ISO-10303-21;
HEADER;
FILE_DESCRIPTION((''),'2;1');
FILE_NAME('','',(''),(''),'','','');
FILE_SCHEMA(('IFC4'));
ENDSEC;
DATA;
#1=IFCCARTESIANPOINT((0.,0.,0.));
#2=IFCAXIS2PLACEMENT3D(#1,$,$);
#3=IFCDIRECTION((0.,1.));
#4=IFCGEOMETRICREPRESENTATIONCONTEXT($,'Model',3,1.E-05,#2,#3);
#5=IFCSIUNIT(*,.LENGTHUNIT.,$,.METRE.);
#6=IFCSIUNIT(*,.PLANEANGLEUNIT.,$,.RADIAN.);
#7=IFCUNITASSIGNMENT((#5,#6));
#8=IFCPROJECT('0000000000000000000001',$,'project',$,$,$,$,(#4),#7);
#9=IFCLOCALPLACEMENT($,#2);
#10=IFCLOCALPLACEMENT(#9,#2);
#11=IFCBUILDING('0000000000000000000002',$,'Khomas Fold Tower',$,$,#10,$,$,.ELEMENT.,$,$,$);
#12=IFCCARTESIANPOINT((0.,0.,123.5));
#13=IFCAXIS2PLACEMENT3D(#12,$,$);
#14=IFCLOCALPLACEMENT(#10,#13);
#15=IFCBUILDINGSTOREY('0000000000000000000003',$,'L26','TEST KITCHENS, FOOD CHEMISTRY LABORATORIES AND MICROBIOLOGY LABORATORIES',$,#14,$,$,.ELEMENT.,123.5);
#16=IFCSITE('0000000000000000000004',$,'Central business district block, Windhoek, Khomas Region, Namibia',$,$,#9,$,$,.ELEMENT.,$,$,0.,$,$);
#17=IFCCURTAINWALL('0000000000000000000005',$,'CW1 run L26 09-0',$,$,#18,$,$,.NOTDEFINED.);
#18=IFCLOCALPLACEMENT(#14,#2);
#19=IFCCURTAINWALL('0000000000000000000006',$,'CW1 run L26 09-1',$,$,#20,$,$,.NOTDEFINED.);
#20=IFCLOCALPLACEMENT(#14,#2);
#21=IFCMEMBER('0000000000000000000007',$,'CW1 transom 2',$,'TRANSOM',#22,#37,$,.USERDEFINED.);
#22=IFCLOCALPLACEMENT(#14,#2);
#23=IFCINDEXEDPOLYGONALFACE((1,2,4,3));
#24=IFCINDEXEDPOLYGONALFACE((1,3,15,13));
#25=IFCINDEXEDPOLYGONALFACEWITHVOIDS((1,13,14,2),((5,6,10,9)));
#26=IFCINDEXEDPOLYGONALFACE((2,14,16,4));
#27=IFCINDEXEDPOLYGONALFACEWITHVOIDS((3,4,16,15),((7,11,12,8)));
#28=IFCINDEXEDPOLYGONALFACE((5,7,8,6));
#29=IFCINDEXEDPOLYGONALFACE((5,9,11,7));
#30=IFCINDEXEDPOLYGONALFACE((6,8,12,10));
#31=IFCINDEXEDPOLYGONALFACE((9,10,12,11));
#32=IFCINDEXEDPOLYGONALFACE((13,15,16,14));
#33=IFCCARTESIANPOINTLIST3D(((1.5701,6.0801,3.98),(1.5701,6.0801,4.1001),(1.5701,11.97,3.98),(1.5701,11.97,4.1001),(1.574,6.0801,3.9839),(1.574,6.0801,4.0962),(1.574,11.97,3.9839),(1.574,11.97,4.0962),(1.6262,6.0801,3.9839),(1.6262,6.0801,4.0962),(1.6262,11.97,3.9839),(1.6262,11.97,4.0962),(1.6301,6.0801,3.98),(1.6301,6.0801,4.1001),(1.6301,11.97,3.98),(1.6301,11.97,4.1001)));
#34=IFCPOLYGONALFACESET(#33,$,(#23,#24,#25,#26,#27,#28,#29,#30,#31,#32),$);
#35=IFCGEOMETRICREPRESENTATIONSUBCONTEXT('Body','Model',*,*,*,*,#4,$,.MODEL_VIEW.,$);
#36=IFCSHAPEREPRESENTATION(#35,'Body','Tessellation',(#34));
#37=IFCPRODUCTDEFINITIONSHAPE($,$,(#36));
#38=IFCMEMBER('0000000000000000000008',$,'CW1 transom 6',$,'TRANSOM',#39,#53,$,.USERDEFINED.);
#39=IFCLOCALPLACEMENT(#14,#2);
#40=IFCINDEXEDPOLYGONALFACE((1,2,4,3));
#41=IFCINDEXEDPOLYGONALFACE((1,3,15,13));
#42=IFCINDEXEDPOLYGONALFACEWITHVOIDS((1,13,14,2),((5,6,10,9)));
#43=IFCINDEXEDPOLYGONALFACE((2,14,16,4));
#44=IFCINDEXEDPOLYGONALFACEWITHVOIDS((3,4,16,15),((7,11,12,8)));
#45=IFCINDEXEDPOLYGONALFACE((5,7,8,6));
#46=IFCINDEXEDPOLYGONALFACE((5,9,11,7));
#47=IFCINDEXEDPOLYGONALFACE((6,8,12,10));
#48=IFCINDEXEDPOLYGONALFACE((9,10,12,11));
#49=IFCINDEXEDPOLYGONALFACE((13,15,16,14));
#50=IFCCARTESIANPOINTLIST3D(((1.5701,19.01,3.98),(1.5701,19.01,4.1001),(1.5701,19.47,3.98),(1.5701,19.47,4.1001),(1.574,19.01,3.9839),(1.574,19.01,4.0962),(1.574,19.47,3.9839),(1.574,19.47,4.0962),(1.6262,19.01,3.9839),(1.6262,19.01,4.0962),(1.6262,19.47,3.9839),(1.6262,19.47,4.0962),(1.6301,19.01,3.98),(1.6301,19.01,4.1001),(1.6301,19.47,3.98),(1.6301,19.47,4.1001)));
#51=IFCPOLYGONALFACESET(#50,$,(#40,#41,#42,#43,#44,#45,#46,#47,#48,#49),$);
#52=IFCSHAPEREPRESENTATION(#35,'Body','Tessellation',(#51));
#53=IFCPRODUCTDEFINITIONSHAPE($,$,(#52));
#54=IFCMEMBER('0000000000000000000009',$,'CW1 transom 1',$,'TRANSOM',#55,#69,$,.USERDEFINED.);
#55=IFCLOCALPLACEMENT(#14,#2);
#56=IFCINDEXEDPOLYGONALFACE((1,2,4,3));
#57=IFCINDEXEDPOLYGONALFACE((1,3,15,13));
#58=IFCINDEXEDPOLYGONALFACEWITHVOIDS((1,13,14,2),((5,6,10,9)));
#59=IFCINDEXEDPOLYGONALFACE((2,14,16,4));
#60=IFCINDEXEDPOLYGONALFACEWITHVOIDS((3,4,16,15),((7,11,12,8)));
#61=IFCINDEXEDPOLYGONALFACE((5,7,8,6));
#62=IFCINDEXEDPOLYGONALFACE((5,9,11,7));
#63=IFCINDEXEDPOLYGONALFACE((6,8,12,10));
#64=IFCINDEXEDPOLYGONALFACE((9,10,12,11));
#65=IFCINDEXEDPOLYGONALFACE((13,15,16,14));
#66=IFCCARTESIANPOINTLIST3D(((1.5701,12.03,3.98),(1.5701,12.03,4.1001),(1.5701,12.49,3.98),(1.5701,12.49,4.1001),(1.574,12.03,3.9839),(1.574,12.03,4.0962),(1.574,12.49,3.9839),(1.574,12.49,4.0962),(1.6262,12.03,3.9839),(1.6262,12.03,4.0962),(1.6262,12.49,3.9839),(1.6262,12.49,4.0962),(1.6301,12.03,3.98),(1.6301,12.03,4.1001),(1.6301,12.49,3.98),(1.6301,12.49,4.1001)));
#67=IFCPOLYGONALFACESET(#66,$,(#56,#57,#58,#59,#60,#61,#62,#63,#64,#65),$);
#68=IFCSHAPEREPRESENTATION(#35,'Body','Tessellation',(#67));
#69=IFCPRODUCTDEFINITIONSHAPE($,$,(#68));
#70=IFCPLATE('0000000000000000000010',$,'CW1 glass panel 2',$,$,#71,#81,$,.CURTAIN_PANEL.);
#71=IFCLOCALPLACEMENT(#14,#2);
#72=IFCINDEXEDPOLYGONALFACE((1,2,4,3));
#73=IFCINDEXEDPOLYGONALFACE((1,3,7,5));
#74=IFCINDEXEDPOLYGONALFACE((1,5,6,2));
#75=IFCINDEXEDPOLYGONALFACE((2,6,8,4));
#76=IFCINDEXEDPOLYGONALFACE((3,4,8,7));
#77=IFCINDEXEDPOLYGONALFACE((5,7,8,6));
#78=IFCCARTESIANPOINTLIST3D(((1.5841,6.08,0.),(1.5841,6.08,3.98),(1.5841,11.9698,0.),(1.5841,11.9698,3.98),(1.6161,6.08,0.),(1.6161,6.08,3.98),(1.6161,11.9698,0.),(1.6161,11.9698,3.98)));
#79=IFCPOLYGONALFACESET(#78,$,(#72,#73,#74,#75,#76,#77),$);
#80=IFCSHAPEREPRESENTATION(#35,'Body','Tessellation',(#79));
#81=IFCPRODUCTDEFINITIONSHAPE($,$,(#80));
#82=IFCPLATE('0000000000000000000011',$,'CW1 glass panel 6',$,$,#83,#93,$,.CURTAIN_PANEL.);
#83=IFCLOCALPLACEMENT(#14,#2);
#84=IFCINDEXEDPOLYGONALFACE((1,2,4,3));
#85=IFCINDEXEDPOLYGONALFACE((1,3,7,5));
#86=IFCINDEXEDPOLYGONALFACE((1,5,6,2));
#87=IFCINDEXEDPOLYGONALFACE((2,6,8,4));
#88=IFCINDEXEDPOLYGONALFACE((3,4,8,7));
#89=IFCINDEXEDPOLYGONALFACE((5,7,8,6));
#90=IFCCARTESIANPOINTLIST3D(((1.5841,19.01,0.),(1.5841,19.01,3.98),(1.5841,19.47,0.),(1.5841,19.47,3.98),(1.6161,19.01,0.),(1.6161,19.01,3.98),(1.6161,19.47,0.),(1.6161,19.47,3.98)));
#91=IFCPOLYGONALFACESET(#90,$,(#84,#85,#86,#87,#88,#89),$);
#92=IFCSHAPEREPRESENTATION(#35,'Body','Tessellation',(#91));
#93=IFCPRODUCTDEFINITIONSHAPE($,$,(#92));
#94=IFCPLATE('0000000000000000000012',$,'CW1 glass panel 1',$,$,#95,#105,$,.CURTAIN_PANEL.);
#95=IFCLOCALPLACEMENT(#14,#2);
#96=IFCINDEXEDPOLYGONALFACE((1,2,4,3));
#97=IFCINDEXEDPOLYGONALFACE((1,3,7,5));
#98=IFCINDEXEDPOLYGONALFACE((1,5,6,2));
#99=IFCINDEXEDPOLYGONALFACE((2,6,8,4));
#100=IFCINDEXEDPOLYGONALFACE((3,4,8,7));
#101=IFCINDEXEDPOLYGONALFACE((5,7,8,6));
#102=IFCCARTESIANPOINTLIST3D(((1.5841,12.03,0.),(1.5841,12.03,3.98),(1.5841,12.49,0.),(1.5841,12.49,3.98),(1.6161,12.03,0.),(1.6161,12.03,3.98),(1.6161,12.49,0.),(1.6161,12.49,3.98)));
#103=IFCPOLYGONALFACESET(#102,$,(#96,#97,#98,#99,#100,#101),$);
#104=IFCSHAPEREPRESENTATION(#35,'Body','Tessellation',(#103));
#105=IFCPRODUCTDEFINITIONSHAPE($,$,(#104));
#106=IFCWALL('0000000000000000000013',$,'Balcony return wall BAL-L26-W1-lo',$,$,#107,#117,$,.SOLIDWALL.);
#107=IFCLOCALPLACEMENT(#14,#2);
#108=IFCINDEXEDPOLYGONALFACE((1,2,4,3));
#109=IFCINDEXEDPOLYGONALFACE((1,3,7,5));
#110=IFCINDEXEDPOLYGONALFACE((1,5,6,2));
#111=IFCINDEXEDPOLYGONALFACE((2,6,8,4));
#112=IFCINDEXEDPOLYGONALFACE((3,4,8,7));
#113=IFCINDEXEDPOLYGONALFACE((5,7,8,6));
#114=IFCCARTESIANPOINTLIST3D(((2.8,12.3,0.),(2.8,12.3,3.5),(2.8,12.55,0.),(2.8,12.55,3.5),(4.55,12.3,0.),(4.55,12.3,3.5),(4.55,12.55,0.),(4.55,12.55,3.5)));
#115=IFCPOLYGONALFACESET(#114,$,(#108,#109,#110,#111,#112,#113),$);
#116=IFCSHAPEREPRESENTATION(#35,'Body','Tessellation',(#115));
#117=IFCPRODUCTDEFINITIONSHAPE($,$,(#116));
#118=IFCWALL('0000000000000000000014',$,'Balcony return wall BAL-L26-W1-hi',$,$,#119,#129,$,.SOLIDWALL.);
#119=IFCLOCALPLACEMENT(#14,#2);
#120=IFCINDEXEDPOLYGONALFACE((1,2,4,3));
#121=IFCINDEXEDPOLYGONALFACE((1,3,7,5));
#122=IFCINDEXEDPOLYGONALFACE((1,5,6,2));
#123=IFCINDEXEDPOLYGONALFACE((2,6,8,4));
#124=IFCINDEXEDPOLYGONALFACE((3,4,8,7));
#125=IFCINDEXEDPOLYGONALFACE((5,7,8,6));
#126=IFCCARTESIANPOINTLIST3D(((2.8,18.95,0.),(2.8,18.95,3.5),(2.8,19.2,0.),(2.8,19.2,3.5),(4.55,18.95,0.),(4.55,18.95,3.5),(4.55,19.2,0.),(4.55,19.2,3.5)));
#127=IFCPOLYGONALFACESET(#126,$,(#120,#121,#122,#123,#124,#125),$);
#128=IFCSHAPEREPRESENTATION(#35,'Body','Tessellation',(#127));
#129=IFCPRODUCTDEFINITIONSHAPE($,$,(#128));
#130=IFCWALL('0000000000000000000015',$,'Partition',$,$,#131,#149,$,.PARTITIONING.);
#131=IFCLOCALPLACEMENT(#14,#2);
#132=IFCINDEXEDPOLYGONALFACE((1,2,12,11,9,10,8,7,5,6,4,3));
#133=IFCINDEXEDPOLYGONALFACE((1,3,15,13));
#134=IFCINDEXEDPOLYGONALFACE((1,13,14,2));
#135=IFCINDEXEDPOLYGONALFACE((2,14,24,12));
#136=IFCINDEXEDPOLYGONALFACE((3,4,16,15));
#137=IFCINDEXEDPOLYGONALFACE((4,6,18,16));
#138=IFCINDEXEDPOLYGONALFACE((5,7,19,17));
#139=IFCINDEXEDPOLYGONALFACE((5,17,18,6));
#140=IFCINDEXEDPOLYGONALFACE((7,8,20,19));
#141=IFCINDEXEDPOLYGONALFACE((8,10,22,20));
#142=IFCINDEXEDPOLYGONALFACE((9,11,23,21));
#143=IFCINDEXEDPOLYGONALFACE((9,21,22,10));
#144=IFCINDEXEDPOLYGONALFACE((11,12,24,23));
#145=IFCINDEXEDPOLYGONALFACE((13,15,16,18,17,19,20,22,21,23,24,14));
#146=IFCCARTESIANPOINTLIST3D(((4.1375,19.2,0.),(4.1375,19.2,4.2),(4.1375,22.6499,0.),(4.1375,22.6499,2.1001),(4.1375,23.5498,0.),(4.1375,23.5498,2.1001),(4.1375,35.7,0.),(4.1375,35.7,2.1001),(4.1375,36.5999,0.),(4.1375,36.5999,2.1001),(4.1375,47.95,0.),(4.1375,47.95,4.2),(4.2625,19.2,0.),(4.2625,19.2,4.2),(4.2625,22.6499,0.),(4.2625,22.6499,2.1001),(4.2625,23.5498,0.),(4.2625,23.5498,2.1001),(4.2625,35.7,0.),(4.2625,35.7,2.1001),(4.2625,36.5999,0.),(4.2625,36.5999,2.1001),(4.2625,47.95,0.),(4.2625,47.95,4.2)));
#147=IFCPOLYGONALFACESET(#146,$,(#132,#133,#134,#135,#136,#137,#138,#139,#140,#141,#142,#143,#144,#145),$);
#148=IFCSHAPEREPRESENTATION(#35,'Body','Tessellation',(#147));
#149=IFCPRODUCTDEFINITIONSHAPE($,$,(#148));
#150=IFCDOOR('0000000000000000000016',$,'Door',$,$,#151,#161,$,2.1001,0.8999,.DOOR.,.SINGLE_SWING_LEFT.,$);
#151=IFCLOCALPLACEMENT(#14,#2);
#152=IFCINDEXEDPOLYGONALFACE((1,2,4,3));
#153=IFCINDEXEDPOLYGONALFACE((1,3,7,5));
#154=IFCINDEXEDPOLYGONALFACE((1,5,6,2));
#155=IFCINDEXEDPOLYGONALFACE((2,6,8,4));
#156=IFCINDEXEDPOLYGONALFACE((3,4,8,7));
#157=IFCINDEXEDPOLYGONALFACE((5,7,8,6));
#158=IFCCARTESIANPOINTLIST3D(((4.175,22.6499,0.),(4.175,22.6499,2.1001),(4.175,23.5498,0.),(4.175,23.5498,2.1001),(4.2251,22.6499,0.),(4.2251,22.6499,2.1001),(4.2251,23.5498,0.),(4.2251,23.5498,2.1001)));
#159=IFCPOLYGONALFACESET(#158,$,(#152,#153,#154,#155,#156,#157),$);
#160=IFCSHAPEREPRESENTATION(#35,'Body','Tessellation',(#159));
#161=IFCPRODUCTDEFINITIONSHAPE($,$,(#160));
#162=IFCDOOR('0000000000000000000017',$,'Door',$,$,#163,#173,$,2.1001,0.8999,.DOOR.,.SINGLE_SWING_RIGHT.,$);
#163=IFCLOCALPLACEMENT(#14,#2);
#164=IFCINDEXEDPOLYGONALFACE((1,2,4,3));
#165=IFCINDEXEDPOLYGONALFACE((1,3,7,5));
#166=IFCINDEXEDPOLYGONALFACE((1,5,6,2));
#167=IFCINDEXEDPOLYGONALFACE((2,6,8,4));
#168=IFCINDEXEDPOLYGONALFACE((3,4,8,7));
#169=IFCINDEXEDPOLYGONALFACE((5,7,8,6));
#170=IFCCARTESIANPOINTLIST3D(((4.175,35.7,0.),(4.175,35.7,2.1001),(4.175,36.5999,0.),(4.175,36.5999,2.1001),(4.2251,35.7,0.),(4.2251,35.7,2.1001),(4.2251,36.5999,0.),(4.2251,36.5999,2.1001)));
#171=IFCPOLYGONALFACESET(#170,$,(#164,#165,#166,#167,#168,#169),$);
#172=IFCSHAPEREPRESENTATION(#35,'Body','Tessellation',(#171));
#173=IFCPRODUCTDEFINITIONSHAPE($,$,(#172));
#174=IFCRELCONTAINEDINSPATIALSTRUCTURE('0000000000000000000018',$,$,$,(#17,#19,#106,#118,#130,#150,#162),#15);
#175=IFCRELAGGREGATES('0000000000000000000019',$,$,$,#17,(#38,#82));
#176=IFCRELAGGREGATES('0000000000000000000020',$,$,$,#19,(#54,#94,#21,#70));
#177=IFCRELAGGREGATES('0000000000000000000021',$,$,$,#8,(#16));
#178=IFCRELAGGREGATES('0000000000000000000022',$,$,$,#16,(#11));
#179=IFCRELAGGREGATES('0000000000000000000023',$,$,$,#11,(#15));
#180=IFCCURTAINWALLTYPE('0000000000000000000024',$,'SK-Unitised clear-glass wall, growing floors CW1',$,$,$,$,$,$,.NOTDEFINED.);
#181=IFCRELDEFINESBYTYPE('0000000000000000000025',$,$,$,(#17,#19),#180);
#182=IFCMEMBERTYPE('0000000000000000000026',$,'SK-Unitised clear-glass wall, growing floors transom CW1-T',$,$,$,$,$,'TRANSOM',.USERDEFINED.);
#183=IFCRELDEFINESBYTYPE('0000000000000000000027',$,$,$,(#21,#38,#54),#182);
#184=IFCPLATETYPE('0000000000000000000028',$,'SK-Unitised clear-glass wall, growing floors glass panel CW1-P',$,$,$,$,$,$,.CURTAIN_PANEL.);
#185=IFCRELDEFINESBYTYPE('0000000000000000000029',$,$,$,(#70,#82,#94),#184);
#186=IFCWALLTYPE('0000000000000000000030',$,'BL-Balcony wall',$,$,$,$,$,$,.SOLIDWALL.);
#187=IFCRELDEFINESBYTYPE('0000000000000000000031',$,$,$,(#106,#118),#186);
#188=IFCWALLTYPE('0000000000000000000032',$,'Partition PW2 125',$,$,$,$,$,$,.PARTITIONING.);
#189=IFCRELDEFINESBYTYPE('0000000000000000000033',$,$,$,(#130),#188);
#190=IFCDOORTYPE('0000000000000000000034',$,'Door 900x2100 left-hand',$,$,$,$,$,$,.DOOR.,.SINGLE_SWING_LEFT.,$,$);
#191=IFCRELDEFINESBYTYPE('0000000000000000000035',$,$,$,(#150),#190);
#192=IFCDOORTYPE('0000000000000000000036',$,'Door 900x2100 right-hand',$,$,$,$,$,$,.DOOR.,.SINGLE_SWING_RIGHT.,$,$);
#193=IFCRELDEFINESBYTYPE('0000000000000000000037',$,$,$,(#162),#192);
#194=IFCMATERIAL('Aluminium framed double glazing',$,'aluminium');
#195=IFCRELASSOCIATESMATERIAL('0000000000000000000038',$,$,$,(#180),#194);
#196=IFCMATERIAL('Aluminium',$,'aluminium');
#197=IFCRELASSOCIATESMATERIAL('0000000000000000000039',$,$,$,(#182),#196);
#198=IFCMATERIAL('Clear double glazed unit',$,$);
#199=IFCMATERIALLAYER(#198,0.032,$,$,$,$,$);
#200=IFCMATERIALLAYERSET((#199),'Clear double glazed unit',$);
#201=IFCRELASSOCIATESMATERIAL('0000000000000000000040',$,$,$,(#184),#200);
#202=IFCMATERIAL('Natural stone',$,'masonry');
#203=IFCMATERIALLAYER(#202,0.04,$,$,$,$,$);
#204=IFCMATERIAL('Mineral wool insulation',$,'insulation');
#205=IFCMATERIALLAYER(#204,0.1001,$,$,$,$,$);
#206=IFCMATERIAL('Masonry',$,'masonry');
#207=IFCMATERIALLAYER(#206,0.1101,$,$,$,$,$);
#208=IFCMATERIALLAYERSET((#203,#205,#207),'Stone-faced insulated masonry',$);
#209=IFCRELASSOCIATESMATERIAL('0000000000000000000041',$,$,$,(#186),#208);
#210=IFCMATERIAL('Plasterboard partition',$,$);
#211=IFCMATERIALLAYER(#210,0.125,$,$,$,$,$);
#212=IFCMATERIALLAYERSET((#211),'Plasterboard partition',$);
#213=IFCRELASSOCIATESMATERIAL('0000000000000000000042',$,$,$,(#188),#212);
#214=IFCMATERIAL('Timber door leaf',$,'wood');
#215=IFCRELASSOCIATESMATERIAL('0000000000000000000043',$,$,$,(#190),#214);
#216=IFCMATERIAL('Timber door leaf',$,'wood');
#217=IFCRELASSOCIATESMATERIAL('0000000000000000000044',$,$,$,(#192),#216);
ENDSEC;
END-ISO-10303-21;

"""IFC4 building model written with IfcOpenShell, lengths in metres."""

from ifc_helpers import new_model, si_unit, direction, frame, frame_2d, origin, origin_2d, place, context, subcontext, project, spatial, rectangle, hollow_rectangle, extrude, source, transform, mapped, material, layer, layer_set, material_profile, profile_set, type_object, element, fill, aggregate, save


model = new_model("IFC4")

# Units and contexts
model_context = context("Model", 3, precision=1e-05, world=origin(), true_north=direction((0.0, 1.0)))
body_context = subcontext(model_context, "Body", "Model", "MODEL_VIEW")
ifc_project = project(units=[si_unit("LENGTHUNIT", "METRE"), si_unit("PLANEANGLEUNIT", "RADIAN")], contexts=[model_context])

# Site, building, storey
site_placement = place(None, origin())
site = spatial("IfcSite", under=ifc_project, at=site_placement, Name="Central business district block, Windhoek, Khomas Region, Namibia", CompositionType="ELEMENT", RefElevation=0.0)
building_placement = place(site_placement, origin())
building = spatial("IfcBuilding", under=site, at=building_placement, Name="Khomas Fold Tower", CompositionType="ELEMENT")
storey_placement = place(building_placement, frame((0.0, 0.0, 123.5)))
storey = spatial("IfcBuildingStorey", under=building, at=storey_placement, Name="L26", Description="TEST KITCHENS, FOOD CHEMISTRY LABORATORIES AND MICROBIOLOGY LABORATORIES", CompositionType="ELEMENT", Elevation=123.5)

# Curtain walls, member
ifc_material_1 = material(Name="Aluminium framed double glazing", Category="aluminium")
curtain_wall_type = type_object("IfcCurtainWallType", Name="SK-Unitised clear-glass wall, growing floors CW1", PredefinedType="NOTDEFINED", material=ifc_material_1)
curtain_wall_1_placement = place(storey_placement, origin())
curtain_wall_1 = element("IfcCurtainWall", 1, at=curtain_wall_1_placement, inside=storey, type_object=curtain_wall_type, Name="CW1 run L26 09-0", PredefinedType="NOTDEFINED")
curtain_wall_2_placement = place(storey_placement, origin())
curtain_wall_2 = element("IfcCurtainWall", 2, at=curtain_wall_2_placement, inside=storey, type_object=curtain_wall_type, Name="CW1 run L26 09-1", PredefinedType="NOTDEFINED")
ifc_material_2 = material(Name="Aluminium", Category="aluminium")
ifc_material_profile_1 = material_profile(ifc_material_2, hollow_rectangle(XDim=0.0601, YDim=0.1201, WallThickness=0.0039, at=origin_2d()), Name="SK-Unitised clear-glass wall, growing floors transom CW1-T")
ifc_profile_set_1 = profile_set([ifc_material_profile_1], Name="Aluminium")
member_type_1 = type_object("IfcMemberType", Name="SK-Unitised clear-glass wall, growing floors transom CW1-T", ElementType="TRANSOM", PredefinedType="USERDEFINED", material=ifc_profile_set_1)
shared_shape_1 = source(origin(), body_context, "Body", "SweptSolid", [
    extrude(hollow_rectangle(XDim=0.0601, YDim=0.1201, WallThickness=0.0039, at=origin_2d()), origin(), (0.0, 0.0, 1.0), 5.8899),
])
member_1_placement = place(storey_placement, frame((1.6001, 11.97, 4.04), z_axis=(0.0, -1.0, 0.0), x_axis=(1.0, 0.0, 0.0)))
member_1 = element("IfcMember", 3, at=member_1_placement, type_object=member_type_1, Name="CW1 transom 2", ObjectType="TRANSOM", PredefinedType="USERDEFINED", context=body_context, shape_type="MappedRepresentation", body=[
    mapped(shared_shape_1, transform((0.0, 0.0, 0.0))),
])

# Members
shared_shape_2 = source(origin(), body_context, "Body", "SweptSolid", [
    extrude(hollow_rectangle(XDim=0.0601, YDim=0.1201, WallThickness=0.0039, at=origin_2d()), origin(), (0.0, 0.0, 1.0), 0.46),
])
member_2_placement = place(storey_placement, frame((1.6001, 19.47, 4.04), z_axis=(0.0, -1.0, 0.0), x_axis=(1.0, 0.0, 0.0)))
member_2 = element("IfcMember", 4, at=member_2_placement, type_object=member_type_1, Name="CW1 transom 6", ObjectType="TRANSOM", PredefinedType="USERDEFINED", context=body_context, shape_type="MappedRepresentation", body=[
    mapped(shared_shape_2, transform((0.0, 0.0, 0.0))),
])
member_3_placement = place(storey_placement, frame((1.6001, 12.49, 4.04), z_axis=(0.0, -1.0, 0.0), x_axis=(1.0, 0.0, 0.0)))
member_3 = element("IfcMember", 5, at=member_3_placement, type_object=member_type_1, Name="CW1 transom 1", ObjectType="TRANSOM", PredefinedType="USERDEFINED", context=body_context, shape_type="MappedRepresentation", body=[
    mapped(shared_shape_2, transform((0.0, 0.0, 0.0))),
])

# Plates
ifc_material_3 = material(Name="Clear double glazed unit")
ifc_layer_1 = layer(ifc_material_3, 0.032)
ifc_layer_set_1 = layer_set([ifc_layer_1], Name="Clear double glazed unit")
plate_type = type_object("IfcPlateType", Name="SK-Unitised clear-glass wall, growing floors glass panel CW1-P", PredefinedType="CURTAIN_PANEL", material=ifc_layer_set_1)
shared_shape_3 = source(origin(), body_context, "Body", "SweptSolid", [
    extrude(rectangle(XDim=5.8899, YDim=0.032, at=origin_2d()), origin(), (0.0, 0.0, 1.0), 3.98),
])
plate_1_placement = place(storey_placement, frame((1.6001, 9.0249, 0.0), z_axis=(0.0, 0.0, 1.0), x_axis=(0.0, -1.0, 0.0)))
plate_1 = element("IfcPlate", 6, at=plate_1_placement, type_object=plate_type, Name="CW1 glass panel 2", PredefinedType="CURTAIN_PANEL", context=body_context, shape_type="MappedRepresentation", body=[
    mapped(shared_shape_3, transform((0.0, 0.0, 0.0))),
])
shared_shape_4 = source(origin(), body_context, "Body", "SweptSolid", [
    extrude(rectangle(XDim=0.46, YDim=0.032, at=origin_2d()), origin(), (0.0, 0.0, 1.0), 3.98),
])
plate_2_placement = place(storey_placement, frame((1.6001, 19.24, 0.0), z_axis=(0.0, 0.0, 1.0), x_axis=(0.0, -1.0, 0.0)))
plate_2 = element("IfcPlate", 7, at=plate_2_placement, type_object=plate_type, Name="CW1 glass panel 6", PredefinedType="CURTAIN_PANEL", context=body_context, shape_type="MappedRepresentation", body=[
    mapped(shared_shape_4, transform((0.0, 0.0, 0.0))),
])
aggregate(curtain_wall_1, [member_2, plate_2])
plate_3_placement = place(storey_placement, frame((1.6001, 12.26, 0.0), z_axis=(0.0, 0.0, 1.0), x_axis=(0.0, -1.0, 0.0)))
plate_3 = element("IfcPlate", 8, at=plate_3_placement, type_object=plate_type, Name="CW1 glass panel 1", PredefinedType="CURTAIN_PANEL", context=body_context, shape_type="MappedRepresentation", body=[
    mapped(shared_shape_4, transform((0.0, 0.0, 0.0))),
])
aggregate(curtain_wall_2, [member_3, plate_3, member_1, plate_1])

# Shared definitions
ifc_material_4 = material(Name="Natural stone", Category="masonry")
ifc_layer_2 = layer(ifc_material_4, 0.04)
ifc_material_5 = material(Name="Mineral wool insulation", Category="insulation")
ifc_layer_3 = layer(ifc_material_5, 0.1001)
ifc_material_6 = material(Name="Masonry", Category="masonry")
ifc_layer_4 = layer(ifc_material_6, 0.1101)
ifc_layer_set_2 = layer_set([ifc_layer_2, ifc_layer_3, ifc_layer_4], Name="Stone-faced insulated masonry")
wall_type_1 = type_object("IfcWallType", Name="BL-Balcony wall", PredefinedType="SOLIDWALL", material=ifc_layer_set_2)

# Walls
shared_shape_5 = source(origin(), body_context, "Body", "SweptSolid", [
    extrude(rectangle(XDim=1.75, YDim=0.25, at=frame_2d((0.875, 0.0))), origin(), (0.0, 0.0, 1.0), 3.5),
])
for number, where, z_axis, x_axis, name in (
    (9, (2.8, 12.425, 0.0), (0.0, 0.0, 1.0), (1.0, 0.0, 0.0), "Balcony return wall BAL-L26-W1-lo"),
    (10, (2.8, 19.075, 0.0), (0.0, 0.0, 1.0), (1.0, 0.0, 0.0), "Balcony return wall BAL-L26-W1-hi"),
):
    element("IfcWall", number, at=place(storey_placement, frame(where, z_axis=z_axis, x_axis=x_axis)), inside=storey, type_object=wall_type_1, Name=name, PredefinedType="SOLIDWALL", context=body_context, shape_type="MappedRepresentation", body=[
        mapped(shared_shape_5, transform((0.0, 0.0, 0.0))),
    ])

# Wall, openings, doors
ifc_material_7 = material(Name="Plasterboard partition")
ifc_layer_5 = layer(ifc_material_7, 0.125)
ifc_layer_set_3 = layer_set([ifc_layer_5], Name="Plasterboard partition")
wall_type_2 = type_object("IfcWallType", Name="Partition PW2 125", PredefinedType="PARTITIONING", material=ifc_layer_set_3)
shared_shape_6 = source(origin(), body_context, "Body", "SweptSolid", [
    extrude(rectangle(XDim=28.75, YDim=0.125, at=frame_2d((14.375, 0.0))), origin(), (0.0, 0.0, 1.0), 4.2),
])
wall_1_placement = place(storey_placement, frame((4.2, 19.2, 0.0), z_axis=(0.0, 0.0, 1.0), x_axis=(0.0, 1.0, 0.0)))
wall_1 = element("IfcWall", 11, at=wall_1_placement, inside=storey, type_object=wall_type_2, Name="Partition", PredefinedType="PARTITIONING", context=body_context, shape_type="MappedRepresentation", body=[
    mapped(shared_shape_6, transform((0.0, 0.0, 0.0))),
])
shared_shape_7 = source(origin(), body_context, "Body", "SweptSolid", [
    extrude(rectangle(XDim=0.8999, YDim=2.1001, at=frame_2d((0.45, 1.05))), frame((0.0, 0.0725, 0.0), z_axis=(0.0, -1.0, 0.0), x_axis=(1.0, 0.0, 0.0)), (0.0, 0.0, 1.0), 0.145),
])
opening_1_placement = place(wall_1_placement, frame((3.45, 0.0, 0.0)))
opening_1 = element("IfcOpeningElement", 12, at=opening_1_placement, cuts=wall_1, PredefinedType="OPENING", context=body_context, shape_type="MappedRepresentation", body=[
    mapped(shared_shape_7, transform((0.0, 0.0, 0.0))),
])
opening_2_placement = place(wall_1_placement, frame((16.5, 0.0, 0.0)))
opening_2 = element("IfcOpeningElement", 13, at=opening_2_placement, cuts=wall_1, PredefinedType="OPENING", context=body_context, shape_type="MappedRepresentation", body=[
    mapped(shared_shape_7, transform((0.0, 0.0, 0.0))),
])
ifc_material_8 = material(Name="Timber door leaf", Category="wood")
door_type_1 = type_object("IfcDoorType", Name="Door 900x2100 left-hand", OperationType="SINGLE_SWING_LEFT", PredefinedType="DOOR", material=ifc_material_8)
shared_shape_8 = source(origin(), body_context, "Body", "SweptSolid", [
    extrude(rectangle(XDim=0.8999, YDim=2.1001, at=frame_2d((0.45, 1.05))), frame((0.0, 0.0249, 0.0), z_axis=(0.0, -1.0, 0.0), x_axis=(1.0, 0.0, 0.0)), (0.0, 0.0, 1.0), 0.05),
])
door_1_placement = place(opening_1_placement, origin())
door_1 = element("IfcDoor", 14, at=door_1_placement, inside=storey, type_object=door_type_1, Name="Door", OperationType="SINGLE_SWING_LEFT", OverallHeight=2.1001, OverallWidth=0.8999, PredefinedType="DOOR", context=body_context, shape_type="MappedRepresentation", body=[
    mapped(shared_shape_8, transform((0.0, 0.0, 0.0))),
])
fill(opening_1, door_1)
ifc_material_9 = material(Name="Timber door leaf", Category="wood")
door_type_2 = type_object("IfcDoorType", Name="Door 900x2100 right-hand", OperationType="SINGLE_SWING_RIGHT", PredefinedType="DOOR", material=ifc_material_9)
door_2_placement = place(opening_2_placement, origin())
door_2 = element("IfcDoor", 15, at=door_2_placement, inside=storey, type_object=door_type_2, Name="Door", OperationType="SINGLE_SWING_RIGHT", OverallHeight=2.1001, OverallWidth=0.8999, PredefinedType="DOOR", context=body_context, shape_type="MappedRepresentation", body=[
    mapped(shared_shape_8, transform((0.0, 0.0, 0.0))),
])
fill(opening_2, door_2)

save(model, "model.ifc")
